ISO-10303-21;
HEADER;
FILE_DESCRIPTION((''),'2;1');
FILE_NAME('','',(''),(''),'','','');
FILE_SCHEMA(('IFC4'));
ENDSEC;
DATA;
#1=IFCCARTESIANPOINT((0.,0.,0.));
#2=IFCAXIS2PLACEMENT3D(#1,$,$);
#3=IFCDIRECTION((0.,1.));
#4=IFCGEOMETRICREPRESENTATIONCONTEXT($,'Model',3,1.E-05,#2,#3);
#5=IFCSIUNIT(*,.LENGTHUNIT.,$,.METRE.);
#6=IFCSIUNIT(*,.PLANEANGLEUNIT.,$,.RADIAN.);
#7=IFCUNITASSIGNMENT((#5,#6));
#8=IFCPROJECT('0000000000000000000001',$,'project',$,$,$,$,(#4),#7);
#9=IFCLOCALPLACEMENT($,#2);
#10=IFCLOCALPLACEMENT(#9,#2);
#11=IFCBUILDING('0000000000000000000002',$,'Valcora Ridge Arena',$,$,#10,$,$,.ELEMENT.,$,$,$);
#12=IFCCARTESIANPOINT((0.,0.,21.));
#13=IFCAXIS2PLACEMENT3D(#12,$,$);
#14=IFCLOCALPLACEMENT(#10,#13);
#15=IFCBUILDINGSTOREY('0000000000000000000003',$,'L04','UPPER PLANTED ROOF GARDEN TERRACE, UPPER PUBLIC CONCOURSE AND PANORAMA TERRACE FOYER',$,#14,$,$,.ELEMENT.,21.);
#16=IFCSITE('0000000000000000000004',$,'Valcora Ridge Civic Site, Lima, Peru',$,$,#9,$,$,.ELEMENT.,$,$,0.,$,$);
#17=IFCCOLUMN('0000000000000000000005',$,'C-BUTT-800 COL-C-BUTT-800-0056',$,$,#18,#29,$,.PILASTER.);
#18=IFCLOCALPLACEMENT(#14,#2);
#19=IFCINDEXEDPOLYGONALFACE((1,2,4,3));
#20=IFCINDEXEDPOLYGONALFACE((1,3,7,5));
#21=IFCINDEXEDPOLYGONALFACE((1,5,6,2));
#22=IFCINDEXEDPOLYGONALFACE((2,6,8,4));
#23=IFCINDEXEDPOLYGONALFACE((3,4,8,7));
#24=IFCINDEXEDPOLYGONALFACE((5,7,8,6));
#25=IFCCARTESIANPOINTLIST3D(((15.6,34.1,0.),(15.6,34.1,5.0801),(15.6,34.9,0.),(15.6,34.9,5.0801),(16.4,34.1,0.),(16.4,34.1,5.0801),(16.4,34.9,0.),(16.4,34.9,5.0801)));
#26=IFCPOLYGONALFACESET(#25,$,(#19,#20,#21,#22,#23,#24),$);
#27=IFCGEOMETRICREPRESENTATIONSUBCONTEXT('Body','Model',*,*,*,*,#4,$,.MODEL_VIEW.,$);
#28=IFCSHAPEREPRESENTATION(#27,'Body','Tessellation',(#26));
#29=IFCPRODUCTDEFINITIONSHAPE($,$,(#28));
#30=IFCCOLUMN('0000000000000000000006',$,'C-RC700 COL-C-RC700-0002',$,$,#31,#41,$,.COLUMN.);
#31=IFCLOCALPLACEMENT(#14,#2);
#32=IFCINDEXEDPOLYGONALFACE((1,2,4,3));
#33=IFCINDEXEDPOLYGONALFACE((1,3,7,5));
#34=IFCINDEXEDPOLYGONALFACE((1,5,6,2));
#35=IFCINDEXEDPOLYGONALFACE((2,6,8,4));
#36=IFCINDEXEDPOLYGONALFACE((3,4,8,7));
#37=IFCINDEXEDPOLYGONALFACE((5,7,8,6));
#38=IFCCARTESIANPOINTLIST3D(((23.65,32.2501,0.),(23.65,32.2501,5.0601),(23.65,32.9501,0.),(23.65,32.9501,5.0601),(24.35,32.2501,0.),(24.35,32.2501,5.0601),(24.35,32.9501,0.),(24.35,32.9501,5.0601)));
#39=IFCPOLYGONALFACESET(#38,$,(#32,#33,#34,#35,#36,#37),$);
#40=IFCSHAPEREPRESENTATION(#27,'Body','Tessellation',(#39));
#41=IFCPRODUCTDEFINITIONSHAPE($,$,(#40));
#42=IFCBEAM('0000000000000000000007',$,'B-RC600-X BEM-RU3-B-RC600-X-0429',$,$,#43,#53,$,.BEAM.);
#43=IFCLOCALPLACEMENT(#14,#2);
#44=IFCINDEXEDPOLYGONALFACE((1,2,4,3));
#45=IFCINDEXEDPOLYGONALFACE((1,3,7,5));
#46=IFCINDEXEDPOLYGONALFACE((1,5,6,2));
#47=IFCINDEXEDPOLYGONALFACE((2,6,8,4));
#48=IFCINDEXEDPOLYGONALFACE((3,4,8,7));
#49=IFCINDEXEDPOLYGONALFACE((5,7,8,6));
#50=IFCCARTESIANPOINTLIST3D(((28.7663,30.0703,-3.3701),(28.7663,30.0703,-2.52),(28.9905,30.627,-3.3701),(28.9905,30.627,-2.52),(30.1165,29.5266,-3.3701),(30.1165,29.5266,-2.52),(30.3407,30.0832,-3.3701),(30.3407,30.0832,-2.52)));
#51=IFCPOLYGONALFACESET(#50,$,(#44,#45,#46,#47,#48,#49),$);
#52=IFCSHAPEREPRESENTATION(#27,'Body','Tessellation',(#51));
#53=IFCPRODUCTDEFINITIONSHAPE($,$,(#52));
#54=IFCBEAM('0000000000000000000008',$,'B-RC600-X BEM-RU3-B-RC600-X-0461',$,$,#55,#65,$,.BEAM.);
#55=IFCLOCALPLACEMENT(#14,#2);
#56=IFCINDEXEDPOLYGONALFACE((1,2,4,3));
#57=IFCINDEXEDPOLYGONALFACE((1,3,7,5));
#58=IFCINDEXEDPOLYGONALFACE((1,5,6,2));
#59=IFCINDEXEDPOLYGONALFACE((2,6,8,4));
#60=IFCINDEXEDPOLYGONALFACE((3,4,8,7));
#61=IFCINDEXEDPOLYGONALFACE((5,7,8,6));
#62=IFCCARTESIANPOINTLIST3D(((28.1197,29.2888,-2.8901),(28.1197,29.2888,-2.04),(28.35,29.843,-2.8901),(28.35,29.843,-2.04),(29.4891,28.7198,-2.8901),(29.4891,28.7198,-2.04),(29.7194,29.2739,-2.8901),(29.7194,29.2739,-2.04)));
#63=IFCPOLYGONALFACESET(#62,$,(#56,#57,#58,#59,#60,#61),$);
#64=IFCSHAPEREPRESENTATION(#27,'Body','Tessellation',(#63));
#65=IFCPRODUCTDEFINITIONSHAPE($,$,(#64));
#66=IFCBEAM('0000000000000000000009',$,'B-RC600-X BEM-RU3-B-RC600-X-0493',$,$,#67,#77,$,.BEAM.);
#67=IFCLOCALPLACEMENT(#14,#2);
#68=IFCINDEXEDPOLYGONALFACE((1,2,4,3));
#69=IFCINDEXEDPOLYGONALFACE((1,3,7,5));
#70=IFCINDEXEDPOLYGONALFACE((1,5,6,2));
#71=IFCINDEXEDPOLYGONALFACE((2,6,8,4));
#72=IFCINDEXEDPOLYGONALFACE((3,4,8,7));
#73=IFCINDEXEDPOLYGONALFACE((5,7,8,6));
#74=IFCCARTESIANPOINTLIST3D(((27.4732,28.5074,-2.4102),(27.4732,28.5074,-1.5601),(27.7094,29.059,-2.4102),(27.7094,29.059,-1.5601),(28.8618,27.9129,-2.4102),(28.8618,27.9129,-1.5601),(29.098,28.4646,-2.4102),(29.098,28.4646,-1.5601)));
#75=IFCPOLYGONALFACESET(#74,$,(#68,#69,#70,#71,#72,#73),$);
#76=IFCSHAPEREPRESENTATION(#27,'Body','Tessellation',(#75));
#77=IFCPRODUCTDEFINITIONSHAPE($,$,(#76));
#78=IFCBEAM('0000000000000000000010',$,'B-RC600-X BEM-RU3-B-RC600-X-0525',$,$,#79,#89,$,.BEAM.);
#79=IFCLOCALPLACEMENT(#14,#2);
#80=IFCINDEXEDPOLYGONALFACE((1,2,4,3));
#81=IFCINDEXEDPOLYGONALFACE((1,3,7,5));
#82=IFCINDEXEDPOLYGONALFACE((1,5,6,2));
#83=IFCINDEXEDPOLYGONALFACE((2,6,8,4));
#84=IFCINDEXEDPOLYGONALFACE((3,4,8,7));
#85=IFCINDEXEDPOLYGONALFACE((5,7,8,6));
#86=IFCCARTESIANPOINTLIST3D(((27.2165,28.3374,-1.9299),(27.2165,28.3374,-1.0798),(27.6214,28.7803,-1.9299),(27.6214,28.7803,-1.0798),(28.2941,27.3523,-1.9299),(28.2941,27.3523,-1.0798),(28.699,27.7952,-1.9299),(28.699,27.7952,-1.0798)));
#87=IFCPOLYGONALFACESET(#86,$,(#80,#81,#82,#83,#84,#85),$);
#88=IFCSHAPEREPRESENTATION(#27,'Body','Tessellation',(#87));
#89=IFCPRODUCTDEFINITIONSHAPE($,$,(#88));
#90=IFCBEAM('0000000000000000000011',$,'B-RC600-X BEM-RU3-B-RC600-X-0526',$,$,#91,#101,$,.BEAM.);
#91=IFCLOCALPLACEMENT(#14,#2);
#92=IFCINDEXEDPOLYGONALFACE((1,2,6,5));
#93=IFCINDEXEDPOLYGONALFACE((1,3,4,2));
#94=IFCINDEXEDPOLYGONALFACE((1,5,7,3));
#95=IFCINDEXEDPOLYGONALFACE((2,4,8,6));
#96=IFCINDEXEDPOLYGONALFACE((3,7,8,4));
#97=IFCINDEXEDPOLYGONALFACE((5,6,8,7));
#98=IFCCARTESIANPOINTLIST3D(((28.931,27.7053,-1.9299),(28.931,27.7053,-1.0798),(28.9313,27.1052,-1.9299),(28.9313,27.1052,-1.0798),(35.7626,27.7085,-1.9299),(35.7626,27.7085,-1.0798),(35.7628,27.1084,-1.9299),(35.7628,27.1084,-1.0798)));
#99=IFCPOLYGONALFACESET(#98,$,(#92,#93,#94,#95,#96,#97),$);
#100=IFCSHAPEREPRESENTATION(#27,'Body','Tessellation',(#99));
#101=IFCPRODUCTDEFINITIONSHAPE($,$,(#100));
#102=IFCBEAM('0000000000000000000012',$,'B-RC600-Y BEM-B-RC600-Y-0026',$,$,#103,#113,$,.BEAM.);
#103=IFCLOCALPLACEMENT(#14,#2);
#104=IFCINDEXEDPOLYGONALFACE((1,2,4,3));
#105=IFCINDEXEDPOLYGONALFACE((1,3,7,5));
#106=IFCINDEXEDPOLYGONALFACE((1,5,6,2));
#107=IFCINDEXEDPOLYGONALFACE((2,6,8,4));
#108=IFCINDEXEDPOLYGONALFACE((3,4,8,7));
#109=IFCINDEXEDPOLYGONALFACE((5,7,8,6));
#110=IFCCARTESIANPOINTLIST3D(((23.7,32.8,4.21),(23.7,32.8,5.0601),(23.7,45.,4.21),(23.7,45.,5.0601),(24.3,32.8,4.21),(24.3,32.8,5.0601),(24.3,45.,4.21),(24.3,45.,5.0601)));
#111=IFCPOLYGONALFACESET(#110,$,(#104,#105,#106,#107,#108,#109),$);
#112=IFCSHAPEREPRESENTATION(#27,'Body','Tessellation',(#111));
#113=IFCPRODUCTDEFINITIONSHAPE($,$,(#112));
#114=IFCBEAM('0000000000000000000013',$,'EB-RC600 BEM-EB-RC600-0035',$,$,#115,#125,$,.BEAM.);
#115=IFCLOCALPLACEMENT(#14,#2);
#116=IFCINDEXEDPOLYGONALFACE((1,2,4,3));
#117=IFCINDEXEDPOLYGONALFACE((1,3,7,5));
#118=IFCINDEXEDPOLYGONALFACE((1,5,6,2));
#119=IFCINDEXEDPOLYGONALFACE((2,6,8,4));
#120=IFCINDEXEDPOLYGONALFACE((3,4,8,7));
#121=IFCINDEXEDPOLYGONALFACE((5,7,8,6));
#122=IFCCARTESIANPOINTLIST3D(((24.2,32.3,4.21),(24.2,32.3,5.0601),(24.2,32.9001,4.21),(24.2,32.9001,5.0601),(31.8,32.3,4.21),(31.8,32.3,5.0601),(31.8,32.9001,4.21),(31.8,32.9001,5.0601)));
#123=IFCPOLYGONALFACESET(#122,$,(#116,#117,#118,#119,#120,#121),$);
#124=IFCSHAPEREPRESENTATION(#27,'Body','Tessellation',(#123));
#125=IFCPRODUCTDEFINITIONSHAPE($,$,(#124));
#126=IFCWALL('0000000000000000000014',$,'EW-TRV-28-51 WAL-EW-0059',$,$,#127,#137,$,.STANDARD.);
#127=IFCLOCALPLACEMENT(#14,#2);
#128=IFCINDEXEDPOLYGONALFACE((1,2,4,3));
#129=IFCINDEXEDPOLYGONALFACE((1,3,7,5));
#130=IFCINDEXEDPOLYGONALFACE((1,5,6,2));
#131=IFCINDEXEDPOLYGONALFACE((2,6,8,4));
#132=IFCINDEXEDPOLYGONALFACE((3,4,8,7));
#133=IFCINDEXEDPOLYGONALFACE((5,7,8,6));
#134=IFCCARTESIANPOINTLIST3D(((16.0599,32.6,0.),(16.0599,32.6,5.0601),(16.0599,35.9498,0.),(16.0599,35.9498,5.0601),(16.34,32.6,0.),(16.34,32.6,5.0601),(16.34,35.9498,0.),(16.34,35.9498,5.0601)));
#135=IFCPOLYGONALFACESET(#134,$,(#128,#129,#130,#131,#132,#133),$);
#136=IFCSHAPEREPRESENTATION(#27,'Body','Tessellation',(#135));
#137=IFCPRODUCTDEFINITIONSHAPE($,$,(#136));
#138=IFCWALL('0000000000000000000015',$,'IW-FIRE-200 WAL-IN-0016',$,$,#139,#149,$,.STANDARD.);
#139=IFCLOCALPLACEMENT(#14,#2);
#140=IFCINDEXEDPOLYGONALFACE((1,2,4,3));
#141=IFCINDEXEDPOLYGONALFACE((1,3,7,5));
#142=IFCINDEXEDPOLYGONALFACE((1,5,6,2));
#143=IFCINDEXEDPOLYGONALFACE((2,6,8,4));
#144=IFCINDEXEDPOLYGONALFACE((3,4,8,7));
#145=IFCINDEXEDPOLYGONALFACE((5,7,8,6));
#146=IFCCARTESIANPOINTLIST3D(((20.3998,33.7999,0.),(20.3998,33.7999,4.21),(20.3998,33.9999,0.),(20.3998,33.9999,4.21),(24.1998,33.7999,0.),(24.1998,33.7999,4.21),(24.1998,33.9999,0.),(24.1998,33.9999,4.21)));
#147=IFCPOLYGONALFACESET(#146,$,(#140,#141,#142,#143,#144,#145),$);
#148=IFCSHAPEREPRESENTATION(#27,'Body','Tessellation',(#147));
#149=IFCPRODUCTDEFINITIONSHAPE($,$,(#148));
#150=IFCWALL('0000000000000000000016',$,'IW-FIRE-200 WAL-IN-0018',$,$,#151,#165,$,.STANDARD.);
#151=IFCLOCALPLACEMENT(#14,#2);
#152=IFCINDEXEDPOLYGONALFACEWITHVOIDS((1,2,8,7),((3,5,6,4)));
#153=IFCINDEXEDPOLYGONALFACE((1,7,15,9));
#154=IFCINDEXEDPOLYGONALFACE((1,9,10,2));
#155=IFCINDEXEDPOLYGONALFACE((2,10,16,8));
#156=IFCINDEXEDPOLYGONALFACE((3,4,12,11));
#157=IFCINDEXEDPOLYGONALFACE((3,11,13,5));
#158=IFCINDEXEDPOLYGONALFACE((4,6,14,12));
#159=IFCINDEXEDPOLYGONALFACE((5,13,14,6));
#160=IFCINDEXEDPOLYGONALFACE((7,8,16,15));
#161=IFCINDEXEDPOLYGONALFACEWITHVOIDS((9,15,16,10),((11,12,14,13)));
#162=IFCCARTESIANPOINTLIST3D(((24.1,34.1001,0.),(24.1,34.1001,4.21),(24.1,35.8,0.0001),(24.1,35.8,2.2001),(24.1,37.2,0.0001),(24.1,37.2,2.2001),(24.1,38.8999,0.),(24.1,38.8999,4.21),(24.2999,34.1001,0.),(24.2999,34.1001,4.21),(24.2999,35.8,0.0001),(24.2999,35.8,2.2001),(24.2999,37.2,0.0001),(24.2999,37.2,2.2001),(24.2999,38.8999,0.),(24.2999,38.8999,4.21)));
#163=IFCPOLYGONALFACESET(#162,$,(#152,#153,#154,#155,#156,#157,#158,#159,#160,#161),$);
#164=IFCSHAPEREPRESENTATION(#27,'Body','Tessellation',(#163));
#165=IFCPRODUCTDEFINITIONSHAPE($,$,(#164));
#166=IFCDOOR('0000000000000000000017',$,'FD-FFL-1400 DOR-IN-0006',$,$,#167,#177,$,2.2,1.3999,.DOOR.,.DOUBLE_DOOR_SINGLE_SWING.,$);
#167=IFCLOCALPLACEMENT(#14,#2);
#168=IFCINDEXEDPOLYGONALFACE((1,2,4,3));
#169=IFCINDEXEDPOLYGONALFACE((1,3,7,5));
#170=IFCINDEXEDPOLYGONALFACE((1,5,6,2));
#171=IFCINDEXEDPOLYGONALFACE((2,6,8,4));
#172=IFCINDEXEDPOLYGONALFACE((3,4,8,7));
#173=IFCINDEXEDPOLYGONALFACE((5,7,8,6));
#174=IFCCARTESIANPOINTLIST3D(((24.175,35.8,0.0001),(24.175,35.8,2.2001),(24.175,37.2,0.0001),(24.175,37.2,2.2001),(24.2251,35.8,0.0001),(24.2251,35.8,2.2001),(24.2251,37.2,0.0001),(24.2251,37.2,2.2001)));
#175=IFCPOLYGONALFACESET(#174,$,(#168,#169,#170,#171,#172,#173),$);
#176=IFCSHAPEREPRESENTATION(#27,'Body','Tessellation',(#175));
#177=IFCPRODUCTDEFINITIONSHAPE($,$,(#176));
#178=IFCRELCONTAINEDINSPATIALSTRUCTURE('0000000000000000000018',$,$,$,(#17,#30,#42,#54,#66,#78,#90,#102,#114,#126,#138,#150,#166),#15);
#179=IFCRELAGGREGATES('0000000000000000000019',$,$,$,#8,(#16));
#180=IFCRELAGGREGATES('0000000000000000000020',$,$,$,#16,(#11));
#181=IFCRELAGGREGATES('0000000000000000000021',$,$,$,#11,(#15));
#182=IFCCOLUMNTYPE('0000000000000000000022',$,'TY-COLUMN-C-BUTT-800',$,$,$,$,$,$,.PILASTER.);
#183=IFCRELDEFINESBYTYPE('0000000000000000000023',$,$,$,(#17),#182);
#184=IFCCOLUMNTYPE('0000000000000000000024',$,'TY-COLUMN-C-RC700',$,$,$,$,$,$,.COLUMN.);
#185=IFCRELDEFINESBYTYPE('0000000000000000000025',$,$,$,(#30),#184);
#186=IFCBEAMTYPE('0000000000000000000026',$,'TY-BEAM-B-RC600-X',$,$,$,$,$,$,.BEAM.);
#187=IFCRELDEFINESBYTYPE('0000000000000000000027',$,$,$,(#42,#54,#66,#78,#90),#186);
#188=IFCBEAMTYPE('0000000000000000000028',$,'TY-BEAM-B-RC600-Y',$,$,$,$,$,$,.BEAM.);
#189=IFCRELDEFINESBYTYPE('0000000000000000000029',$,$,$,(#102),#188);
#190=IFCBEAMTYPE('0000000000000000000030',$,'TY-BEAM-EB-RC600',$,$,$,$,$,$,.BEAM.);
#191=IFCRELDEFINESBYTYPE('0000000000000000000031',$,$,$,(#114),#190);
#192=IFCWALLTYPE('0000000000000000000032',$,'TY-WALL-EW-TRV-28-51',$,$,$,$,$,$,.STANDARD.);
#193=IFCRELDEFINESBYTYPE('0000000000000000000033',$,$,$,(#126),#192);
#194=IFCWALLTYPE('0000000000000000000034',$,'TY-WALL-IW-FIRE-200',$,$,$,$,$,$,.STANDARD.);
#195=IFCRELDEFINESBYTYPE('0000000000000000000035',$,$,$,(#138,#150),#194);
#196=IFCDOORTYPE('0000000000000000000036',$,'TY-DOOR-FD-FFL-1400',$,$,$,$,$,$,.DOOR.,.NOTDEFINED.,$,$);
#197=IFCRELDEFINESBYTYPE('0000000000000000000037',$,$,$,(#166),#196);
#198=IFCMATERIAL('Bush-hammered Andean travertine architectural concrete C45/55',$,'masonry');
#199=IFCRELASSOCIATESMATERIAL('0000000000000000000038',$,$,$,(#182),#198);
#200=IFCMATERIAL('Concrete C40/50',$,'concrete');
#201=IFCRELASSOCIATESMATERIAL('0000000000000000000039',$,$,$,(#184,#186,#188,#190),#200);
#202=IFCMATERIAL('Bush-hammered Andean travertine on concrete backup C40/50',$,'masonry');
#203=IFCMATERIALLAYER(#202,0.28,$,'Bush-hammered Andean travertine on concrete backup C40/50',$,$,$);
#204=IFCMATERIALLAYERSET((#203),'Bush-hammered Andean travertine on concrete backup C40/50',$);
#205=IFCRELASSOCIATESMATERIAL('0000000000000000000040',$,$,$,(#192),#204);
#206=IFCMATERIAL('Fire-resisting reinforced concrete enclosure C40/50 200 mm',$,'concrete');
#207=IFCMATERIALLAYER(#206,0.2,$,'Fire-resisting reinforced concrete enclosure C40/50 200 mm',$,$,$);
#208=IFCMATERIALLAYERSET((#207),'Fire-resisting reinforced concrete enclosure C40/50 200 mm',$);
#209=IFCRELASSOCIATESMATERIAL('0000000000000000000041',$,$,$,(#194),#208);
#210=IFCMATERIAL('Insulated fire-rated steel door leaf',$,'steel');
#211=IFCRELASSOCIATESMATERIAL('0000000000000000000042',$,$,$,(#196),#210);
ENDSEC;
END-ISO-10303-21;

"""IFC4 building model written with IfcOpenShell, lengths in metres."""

from ifc_helpers import new_model, si_unit, direction, frame, frame_2d, origin, origin_2d, place, context, subcontext, project, spatial, rectangle, extrude, material, layer, layer_set, material_profile, profile_set, type_object, element, fill, save


model = new_model("IFC4")

# Units and contexts
model_context = context("Model", 3, precision=1e-05, world=origin(), true_north=direction((0.0, 1.0)))
body_context = subcontext(model_context, "Body", "Model", "MODEL_VIEW")
ifc_project = project(units=[si_unit("LENGTHUNIT", "METRE"), si_unit("PLANEANGLEUNIT", "RADIAN")], contexts=[model_context])

# Site, building, storey
site_placement = place(None, origin())
site = spatial("IfcSite", under=ifc_project, at=site_placement, Name="Valcora Ridge Civic Site, Lima, Peru", CompositionType="ELEMENT", RefElevation=0.0)
building_placement = place(site_placement, origin())
building = spatial("IfcBuilding", under=site, at=building_placement, Name="Valcora Ridge Arena", CompositionType="ELEMENT")
storey_placement = place(building_placement, frame((0.0, 0.0, 21.0)))
storey = spatial("IfcBuildingStorey", under=building, at=storey_placement, Name="L04", Description="UPPER PLANTED ROOF GARDEN TERRACE, UPPER PUBLIC CONCOURSE AND PANORAMA TERRACE FOYER", CompositionType="ELEMENT", Elevation=21.0)

# Columns
ifc_material_1 = material(Name="Bush-hammered Andean travertine architectural concrete C45/55", Category="masonry")
ifc_material_profile_1 = material_profile(ifc_material_1, rectangle(XDim=0.8, YDim=0.8, at=origin_2d()), Name="RC 800x800")
ifc_profile_set_1 = profile_set([ifc_material_profile_1], Name="Bush-hammered Andean travertine architectural concrete C45/55")
column_type_1 = type_object("IfcColumnType", Name="TY-COLUMN-C-BUTT-800", PredefinedType="PILASTER", material=ifc_profile_set_1)
column_1_placement = place(storey_placement, frame((16.0, 34.5, 0.0), z_axis=(0.0, 0.0, 1.0), x_axis=(1.0, 0.0, 0.0)))
element("IfcColumn", 1, at=column_1_placement, inside=storey, type_object=column_type_1, Name="C-BUTT-800 COL-C-BUTT-800-0056", PredefinedType="PILASTER", context=body_context, shape_type="SweptSolid", body=[
    extrude(rectangle(XDim=0.8, YDim=0.8, at=origin_2d()), origin(), (0.0, 0.0, 1.0), 5.0801),
])
ifc_material_2 = material(Name="Concrete C40/50", Category="concrete")
ifc_material_profile_2 = material_profile(ifc_material_2, rectangle(XDim=0.7, YDim=0.7, at=origin_2d()), Name="RC 700x700")
ifc_profile_set_2 = profile_set([ifc_material_profile_2], Name="Concrete C40/50")
column_type_2 = type_object("IfcColumnType", Name="TY-COLUMN-C-RC700", PredefinedType="COLUMN", material=ifc_profile_set_2)
column_2_placement = place(storey_placement, frame((24.0, 32.6001, 0.0), z_axis=(0.0, 0.0, 1.0), x_axis=(1.0, 0.0, 0.0)))
element("IfcColumn", 2, at=column_2_placement, inside=storey, type_object=column_type_2, Name="C-RC700 COL-C-RC700-0002", PredefinedType="COLUMN", context=body_context, shape_type="SweptSolid", body=[
    extrude(rectangle(XDim=0.7, YDim=0.7, at=origin_2d()), origin(), (0.0, 0.0, 1.0), 5.0601),
])

# Beams
ifc_material_profile_3 = material_profile(ifc_material_2, rectangle(XDim=0.6001, YDim=0.8501, at=origin_2d()), Name="RC 600x850")
ifc_profile_set_3 = profile_set([ifc_material_profile_3], Name="Concrete C40/50")
beam_type_1 = type_object("IfcBeamType", Name="TY-BEAM-B-RC600-X", PredefinedType="BEAM", material=ifc_profile_set_3)
beam_1_placement = place(storey_placement, frame((28.8784, 30.3486, -2.9451), z_axis=(0.927607, -0.373559, 0.0), x_axis=(0.373559, 0.927607, 0.0)))
element("IfcBeam", 3, at=beam_1_placement, inside=storey, type_object=beam_type_1, Name="B-RC600-X BEM-RU3-B-RC600-X-0429", PredefinedType="BEAM", context=body_context, shape_type="SweptSolid", body=[
    extrude(rectangle(XDim=0.6001, YDim=0.8501, at=origin_2d()), origin(), (0.0, 0.0, 1.0), 1.4556),
])
beam_2_placement = place(storey_placement, frame((28.2349, 29.5659, -2.4651), z_axis=(0.923432, -0.383762, 0.0), x_axis=(0.383762, 0.923432, 0.0)))
element("IfcBeam", 4, at=beam_2_placement, inside=storey, type_object=beam_type_1, Name="B-RC600-X BEM-RU3-B-RC600-X-0461", PredefinedType="BEAM", context=body_context, shape_type="SweptSolid", body=[
    extrude(rectangle(XDim=0.6001, YDim=0.8501, at=origin_2d()), origin(), (0.0, 0.0, 1.0), 1.4829),
])
beam_3_placement = place(storey_placement, frame((27.5913, 28.7832, -1.9851), z_axis=(0.919304, -0.393549, 0.0), x_axis=(0.393549, 0.919304, 0.0)))
element("IfcBeam", 5, at=beam_3_placement, inside=storey, type_object=beam_type_1, Name="B-RC600-X BEM-RU3-B-RC600-X-0493", PredefinedType="BEAM", context=body_context, shape_type="SweptSolid", body=[
    extrude(rectangle(XDim=0.6001, YDim=0.8501, at=origin_2d()), origin(), (0.0, 0.0, 1.0), 1.5105),
])
beam_4_placement = place(storey_placement, frame((27.4189, 28.5588, -1.5049), z_axis=(0.738084, -0.674709, 0.0), x_axis=(0.674709, 0.738084, 0.0)))
element("IfcBeam", 6, at=beam_4_placement, inside=storey, type_object=beam_type_1, Name="B-RC600-X BEM-RU3-B-RC600-X-0525", PredefinedType="BEAM", context=body_context, shape_type="SweptSolid", body=[
    extrude(rectangle(XDim=0.6001, YDim=0.8501, at=origin_2d()), origin(), (0.0, 0.0, 1.0), 1.46),
])
beam_5_placement = place(storey_placement, frame((28.9312, 27.4053, -1.5049), z_axis=(1.0, 0.000465, 0.0), x_axis=(-0.000465, 1.0, 0.0)))
element("IfcBeam", 7, at=beam_5_placement, inside=storey, type_object=beam_type_1, Name="B-RC600-X BEM-RU3-B-RC600-X-0526", PredefinedType="BEAM", context=body_context, shape_type="SweptSolid", body=[
    extrude(rectangle(XDim=0.6001, YDim=0.8501, at=origin_2d()), origin(), (0.0, 0.0, 1.0), 6.8315),
])
ifc_material_profile_4 = material_profile(ifc_material_2, rectangle(XDim=0.6001, YDim=0.8501, at=origin_2d()), Name="RC 600x850")
ifc_profile_set_4 = profile_set([ifc_material_profile_4], Name="Concrete C40/50")
beam_type_2 = type_object("IfcBeamType", Name="TY-BEAM-B-RC600-Y", PredefinedType="BEAM", material=ifc_profile_set_4)
beam_6_placement = place(storey_placement, frame((24.0, 32.8, 4.635), z_axis=(0.0, 1.0, 0.0), x_axis=(-1.0, 0.0, 0.0)))
element("IfcBeam", 8, at=beam_6_placement, inside=storey, type_object=beam_type_2, Name="B-RC600-Y BEM-B-RC600-Y-0026", PredefinedType="BEAM", context=body_context, shape_type="SweptSolid", body=[
    extrude(rectangle(XDim=0.6001, YDim=0.8501, at=origin_2d()), origin(), (0.0, 0.0, 1.0), 12.2),
])
ifc_material_profile_5 = material_profile(ifc_material_2, rectangle(XDim=0.6001, YDim=0.8501, at=origin_2d()), Name="RC 600x850")
ifc_profile_set_5 = profile_set([ifc_material_profile_5], Name="Concrete C40/50")
beam_type_3 = type_object("IfcBeamType", Name="TY-BEAM-EB-RC600", PredefinedType="BEAM", material=ifc_profile_set_5)
beam_7_placement = place(storey_placement, frame((24.2, 32.6001, 4.635), z_axis=(1.0, 0.0, 0.0), x_axis=(0.0, 1.0, 0.0)))
element("IfcBeam", 9, at=beam_7_placement, inside=storey, type_object=beam_type_3, Name="EB-RC600 BEM-EB-RC600-0035", PredefinedType="BEAM", context=body_context, shape_type="SweptSolid", body=[
    extrude(rectangle(XDim=0.6001, YDim=0.8501, at=origin_2d()), origin(), (0.0, 0.0, 1.0), 7.6001),
])

# Wall
ifc_material_3 = material(Name="Bush-hammered Andean travertine on concrete backup C40/50", Category="masonry")
ifc_layer_1 = layer(ifc_material_3, 0.28, Name="Bush-hammered Andean travertine on concrete backup C40/50")
ifc_layer_set_1 = layer_set([ifc_layer_1], Name="Bush-hammered Andean travertine on concrete backup C40/50")
wall_type_1 = type_object("IfcWallType", Name="TY-WALL-EW-TRV-28-51", PredefinedType="STANDARD", material=ifc_layer_set_1)
wall_1_placement = place(storey_placement, frame((16.2, 32.6001, 0.0), z_axis=(0.0, 0.0, 1.0), x_axis=(0.0, 1.0, 0.0)))
element("IfcWall", 10, at=wall_1_placement, inside=storey, type_object=wall_type_1, Name="EW-TRV-28-51 WAL-EW-0059", PredefinedType="STANDARD", context=body_context, shape_type="SweptSolid", body=[
    extrude(rectangle(XDim=3.3499, YDim=0.28, at=frame_2d((1.6748, 0.0))), origin(), (0.0, 0.0, 1.0), 5.0601),
])

# Wall
ifc_material_4 = material(Name="Fire-resisting reinforced concrete enclosure C40/50 200 mm", Category="concrete")
ifc_layer_2 = layer(ifc_material_4, 0.2, Name="Fire-resisting reinforced concrete enclosure C40/50 200 mm")
ifc_layer_set_2 = layer_set([ifc_layer_2], Name="Fire-resisting reinforced concrete enclosure C40/50 200 mm")
wall_type_2 = type_object("IfcWallType", Name="TY-WALL-IW-FIRE-200", PredefinedType="STANDARD", material=ifc_layer_set_2)
wall_2_placement = place(storey_placement, frame((20.3999, 33.8999, 0.0), z_axis=(0.0, 0.0, 1.0), x_axis=(1.0, 0.0, 0.0)))
element("IfcWall", 11, at=wall_2_placement, inside=storey, type_object=wall_type_2, Name="IW-FIRE-200 WAL-IN-0016", PredefinedType="STANDARD", context=body_context, shape_type="SweptSolid", body=[
    extrude(rectangle(XDim=3.8, YDim=0.2, at=frame_2d((1.8999, 0.0))), origin(), (0.0, 0.0, 1.0), 4.21),
])

# Wall, opening, door
wall_3_placement = place(storey_placement, frame((24.2, 34.1001, 0.0), z_axis=(0.0, 0.0, 1.0), x_axis=(0.0, 1.0, 0.0)))
wall_3 = element("IfcWall", 12, at=wall_3_placement, inside=storey, type_object=wall_type_2, Name="IW-FIRE-200 WAL-IN-0018", PredefinedType="STANDARD", context=body_context, shape_type="SweptSolid", body=[
    extrude(rectangle(XDim=4.7998, YDim=0.2, at=frame_2d((2.3999, 0.0))), origin(), (0.0, 0.0, 1.0), 4.21),
])
opening_1_placement = place(wall_3_placement, frame((1.7, 0.0, 0.0)))
opening_1 = element("IfcOpeningElement", 13, at=opening_1_placement, cuts=wall_3, PredefinedType="OPENING", context=body_context, shape_type="SweptSolid", body=[
    extrude(rectangle(XDim=1.3999, YDim=2.2, at=frame_2d((0.7, 1.1001))), frame((0.0, 0.1099, 0.0), z_axis=(0.0, -1.0, 0.0), x_axis=(1.0, 0.0, 0.0)), (0.0, 0.0, 1.0), 0.22),
])
ifc_material_5 = material(Name="Insulated fire-rated steel door leaf", Category="steel")
door_type = type_object("IfcDoorType", Name="TY-DOOR-FD-FFL-1400", OperationType="NOTDEFINED", PredefinedType="DOOR", material=ifc_material_5)
door_placement = place(opening_1_placement, origin())
door = element("IfcDoor", 14, at=door_placement, inside=storey, type_object=door_type, Name="FD-FFL-1400 DOR-IN-0006", OperationType="DOUBLE_DOOR_SINGLE_SWING", OverallHeight=2.2, OverallWidth=1.3999, PredefinedType="DOOR", context=body_context, shape_type="SweptSolid", body=[
    extrude(rectangle(XDim=1.3999, YDim=2.2, at=frame_2d((0.7, 1.1001))), frame((0.0, 0.0249, 0.0), z_axis=(0.0, -1.0, 0.0), x_axis=(1.0, 0.0, 0.0)), (0.0, 0.0, 1.0), 0.05),
])
fill(opening_1, door)

save(model, "model.ifc")
